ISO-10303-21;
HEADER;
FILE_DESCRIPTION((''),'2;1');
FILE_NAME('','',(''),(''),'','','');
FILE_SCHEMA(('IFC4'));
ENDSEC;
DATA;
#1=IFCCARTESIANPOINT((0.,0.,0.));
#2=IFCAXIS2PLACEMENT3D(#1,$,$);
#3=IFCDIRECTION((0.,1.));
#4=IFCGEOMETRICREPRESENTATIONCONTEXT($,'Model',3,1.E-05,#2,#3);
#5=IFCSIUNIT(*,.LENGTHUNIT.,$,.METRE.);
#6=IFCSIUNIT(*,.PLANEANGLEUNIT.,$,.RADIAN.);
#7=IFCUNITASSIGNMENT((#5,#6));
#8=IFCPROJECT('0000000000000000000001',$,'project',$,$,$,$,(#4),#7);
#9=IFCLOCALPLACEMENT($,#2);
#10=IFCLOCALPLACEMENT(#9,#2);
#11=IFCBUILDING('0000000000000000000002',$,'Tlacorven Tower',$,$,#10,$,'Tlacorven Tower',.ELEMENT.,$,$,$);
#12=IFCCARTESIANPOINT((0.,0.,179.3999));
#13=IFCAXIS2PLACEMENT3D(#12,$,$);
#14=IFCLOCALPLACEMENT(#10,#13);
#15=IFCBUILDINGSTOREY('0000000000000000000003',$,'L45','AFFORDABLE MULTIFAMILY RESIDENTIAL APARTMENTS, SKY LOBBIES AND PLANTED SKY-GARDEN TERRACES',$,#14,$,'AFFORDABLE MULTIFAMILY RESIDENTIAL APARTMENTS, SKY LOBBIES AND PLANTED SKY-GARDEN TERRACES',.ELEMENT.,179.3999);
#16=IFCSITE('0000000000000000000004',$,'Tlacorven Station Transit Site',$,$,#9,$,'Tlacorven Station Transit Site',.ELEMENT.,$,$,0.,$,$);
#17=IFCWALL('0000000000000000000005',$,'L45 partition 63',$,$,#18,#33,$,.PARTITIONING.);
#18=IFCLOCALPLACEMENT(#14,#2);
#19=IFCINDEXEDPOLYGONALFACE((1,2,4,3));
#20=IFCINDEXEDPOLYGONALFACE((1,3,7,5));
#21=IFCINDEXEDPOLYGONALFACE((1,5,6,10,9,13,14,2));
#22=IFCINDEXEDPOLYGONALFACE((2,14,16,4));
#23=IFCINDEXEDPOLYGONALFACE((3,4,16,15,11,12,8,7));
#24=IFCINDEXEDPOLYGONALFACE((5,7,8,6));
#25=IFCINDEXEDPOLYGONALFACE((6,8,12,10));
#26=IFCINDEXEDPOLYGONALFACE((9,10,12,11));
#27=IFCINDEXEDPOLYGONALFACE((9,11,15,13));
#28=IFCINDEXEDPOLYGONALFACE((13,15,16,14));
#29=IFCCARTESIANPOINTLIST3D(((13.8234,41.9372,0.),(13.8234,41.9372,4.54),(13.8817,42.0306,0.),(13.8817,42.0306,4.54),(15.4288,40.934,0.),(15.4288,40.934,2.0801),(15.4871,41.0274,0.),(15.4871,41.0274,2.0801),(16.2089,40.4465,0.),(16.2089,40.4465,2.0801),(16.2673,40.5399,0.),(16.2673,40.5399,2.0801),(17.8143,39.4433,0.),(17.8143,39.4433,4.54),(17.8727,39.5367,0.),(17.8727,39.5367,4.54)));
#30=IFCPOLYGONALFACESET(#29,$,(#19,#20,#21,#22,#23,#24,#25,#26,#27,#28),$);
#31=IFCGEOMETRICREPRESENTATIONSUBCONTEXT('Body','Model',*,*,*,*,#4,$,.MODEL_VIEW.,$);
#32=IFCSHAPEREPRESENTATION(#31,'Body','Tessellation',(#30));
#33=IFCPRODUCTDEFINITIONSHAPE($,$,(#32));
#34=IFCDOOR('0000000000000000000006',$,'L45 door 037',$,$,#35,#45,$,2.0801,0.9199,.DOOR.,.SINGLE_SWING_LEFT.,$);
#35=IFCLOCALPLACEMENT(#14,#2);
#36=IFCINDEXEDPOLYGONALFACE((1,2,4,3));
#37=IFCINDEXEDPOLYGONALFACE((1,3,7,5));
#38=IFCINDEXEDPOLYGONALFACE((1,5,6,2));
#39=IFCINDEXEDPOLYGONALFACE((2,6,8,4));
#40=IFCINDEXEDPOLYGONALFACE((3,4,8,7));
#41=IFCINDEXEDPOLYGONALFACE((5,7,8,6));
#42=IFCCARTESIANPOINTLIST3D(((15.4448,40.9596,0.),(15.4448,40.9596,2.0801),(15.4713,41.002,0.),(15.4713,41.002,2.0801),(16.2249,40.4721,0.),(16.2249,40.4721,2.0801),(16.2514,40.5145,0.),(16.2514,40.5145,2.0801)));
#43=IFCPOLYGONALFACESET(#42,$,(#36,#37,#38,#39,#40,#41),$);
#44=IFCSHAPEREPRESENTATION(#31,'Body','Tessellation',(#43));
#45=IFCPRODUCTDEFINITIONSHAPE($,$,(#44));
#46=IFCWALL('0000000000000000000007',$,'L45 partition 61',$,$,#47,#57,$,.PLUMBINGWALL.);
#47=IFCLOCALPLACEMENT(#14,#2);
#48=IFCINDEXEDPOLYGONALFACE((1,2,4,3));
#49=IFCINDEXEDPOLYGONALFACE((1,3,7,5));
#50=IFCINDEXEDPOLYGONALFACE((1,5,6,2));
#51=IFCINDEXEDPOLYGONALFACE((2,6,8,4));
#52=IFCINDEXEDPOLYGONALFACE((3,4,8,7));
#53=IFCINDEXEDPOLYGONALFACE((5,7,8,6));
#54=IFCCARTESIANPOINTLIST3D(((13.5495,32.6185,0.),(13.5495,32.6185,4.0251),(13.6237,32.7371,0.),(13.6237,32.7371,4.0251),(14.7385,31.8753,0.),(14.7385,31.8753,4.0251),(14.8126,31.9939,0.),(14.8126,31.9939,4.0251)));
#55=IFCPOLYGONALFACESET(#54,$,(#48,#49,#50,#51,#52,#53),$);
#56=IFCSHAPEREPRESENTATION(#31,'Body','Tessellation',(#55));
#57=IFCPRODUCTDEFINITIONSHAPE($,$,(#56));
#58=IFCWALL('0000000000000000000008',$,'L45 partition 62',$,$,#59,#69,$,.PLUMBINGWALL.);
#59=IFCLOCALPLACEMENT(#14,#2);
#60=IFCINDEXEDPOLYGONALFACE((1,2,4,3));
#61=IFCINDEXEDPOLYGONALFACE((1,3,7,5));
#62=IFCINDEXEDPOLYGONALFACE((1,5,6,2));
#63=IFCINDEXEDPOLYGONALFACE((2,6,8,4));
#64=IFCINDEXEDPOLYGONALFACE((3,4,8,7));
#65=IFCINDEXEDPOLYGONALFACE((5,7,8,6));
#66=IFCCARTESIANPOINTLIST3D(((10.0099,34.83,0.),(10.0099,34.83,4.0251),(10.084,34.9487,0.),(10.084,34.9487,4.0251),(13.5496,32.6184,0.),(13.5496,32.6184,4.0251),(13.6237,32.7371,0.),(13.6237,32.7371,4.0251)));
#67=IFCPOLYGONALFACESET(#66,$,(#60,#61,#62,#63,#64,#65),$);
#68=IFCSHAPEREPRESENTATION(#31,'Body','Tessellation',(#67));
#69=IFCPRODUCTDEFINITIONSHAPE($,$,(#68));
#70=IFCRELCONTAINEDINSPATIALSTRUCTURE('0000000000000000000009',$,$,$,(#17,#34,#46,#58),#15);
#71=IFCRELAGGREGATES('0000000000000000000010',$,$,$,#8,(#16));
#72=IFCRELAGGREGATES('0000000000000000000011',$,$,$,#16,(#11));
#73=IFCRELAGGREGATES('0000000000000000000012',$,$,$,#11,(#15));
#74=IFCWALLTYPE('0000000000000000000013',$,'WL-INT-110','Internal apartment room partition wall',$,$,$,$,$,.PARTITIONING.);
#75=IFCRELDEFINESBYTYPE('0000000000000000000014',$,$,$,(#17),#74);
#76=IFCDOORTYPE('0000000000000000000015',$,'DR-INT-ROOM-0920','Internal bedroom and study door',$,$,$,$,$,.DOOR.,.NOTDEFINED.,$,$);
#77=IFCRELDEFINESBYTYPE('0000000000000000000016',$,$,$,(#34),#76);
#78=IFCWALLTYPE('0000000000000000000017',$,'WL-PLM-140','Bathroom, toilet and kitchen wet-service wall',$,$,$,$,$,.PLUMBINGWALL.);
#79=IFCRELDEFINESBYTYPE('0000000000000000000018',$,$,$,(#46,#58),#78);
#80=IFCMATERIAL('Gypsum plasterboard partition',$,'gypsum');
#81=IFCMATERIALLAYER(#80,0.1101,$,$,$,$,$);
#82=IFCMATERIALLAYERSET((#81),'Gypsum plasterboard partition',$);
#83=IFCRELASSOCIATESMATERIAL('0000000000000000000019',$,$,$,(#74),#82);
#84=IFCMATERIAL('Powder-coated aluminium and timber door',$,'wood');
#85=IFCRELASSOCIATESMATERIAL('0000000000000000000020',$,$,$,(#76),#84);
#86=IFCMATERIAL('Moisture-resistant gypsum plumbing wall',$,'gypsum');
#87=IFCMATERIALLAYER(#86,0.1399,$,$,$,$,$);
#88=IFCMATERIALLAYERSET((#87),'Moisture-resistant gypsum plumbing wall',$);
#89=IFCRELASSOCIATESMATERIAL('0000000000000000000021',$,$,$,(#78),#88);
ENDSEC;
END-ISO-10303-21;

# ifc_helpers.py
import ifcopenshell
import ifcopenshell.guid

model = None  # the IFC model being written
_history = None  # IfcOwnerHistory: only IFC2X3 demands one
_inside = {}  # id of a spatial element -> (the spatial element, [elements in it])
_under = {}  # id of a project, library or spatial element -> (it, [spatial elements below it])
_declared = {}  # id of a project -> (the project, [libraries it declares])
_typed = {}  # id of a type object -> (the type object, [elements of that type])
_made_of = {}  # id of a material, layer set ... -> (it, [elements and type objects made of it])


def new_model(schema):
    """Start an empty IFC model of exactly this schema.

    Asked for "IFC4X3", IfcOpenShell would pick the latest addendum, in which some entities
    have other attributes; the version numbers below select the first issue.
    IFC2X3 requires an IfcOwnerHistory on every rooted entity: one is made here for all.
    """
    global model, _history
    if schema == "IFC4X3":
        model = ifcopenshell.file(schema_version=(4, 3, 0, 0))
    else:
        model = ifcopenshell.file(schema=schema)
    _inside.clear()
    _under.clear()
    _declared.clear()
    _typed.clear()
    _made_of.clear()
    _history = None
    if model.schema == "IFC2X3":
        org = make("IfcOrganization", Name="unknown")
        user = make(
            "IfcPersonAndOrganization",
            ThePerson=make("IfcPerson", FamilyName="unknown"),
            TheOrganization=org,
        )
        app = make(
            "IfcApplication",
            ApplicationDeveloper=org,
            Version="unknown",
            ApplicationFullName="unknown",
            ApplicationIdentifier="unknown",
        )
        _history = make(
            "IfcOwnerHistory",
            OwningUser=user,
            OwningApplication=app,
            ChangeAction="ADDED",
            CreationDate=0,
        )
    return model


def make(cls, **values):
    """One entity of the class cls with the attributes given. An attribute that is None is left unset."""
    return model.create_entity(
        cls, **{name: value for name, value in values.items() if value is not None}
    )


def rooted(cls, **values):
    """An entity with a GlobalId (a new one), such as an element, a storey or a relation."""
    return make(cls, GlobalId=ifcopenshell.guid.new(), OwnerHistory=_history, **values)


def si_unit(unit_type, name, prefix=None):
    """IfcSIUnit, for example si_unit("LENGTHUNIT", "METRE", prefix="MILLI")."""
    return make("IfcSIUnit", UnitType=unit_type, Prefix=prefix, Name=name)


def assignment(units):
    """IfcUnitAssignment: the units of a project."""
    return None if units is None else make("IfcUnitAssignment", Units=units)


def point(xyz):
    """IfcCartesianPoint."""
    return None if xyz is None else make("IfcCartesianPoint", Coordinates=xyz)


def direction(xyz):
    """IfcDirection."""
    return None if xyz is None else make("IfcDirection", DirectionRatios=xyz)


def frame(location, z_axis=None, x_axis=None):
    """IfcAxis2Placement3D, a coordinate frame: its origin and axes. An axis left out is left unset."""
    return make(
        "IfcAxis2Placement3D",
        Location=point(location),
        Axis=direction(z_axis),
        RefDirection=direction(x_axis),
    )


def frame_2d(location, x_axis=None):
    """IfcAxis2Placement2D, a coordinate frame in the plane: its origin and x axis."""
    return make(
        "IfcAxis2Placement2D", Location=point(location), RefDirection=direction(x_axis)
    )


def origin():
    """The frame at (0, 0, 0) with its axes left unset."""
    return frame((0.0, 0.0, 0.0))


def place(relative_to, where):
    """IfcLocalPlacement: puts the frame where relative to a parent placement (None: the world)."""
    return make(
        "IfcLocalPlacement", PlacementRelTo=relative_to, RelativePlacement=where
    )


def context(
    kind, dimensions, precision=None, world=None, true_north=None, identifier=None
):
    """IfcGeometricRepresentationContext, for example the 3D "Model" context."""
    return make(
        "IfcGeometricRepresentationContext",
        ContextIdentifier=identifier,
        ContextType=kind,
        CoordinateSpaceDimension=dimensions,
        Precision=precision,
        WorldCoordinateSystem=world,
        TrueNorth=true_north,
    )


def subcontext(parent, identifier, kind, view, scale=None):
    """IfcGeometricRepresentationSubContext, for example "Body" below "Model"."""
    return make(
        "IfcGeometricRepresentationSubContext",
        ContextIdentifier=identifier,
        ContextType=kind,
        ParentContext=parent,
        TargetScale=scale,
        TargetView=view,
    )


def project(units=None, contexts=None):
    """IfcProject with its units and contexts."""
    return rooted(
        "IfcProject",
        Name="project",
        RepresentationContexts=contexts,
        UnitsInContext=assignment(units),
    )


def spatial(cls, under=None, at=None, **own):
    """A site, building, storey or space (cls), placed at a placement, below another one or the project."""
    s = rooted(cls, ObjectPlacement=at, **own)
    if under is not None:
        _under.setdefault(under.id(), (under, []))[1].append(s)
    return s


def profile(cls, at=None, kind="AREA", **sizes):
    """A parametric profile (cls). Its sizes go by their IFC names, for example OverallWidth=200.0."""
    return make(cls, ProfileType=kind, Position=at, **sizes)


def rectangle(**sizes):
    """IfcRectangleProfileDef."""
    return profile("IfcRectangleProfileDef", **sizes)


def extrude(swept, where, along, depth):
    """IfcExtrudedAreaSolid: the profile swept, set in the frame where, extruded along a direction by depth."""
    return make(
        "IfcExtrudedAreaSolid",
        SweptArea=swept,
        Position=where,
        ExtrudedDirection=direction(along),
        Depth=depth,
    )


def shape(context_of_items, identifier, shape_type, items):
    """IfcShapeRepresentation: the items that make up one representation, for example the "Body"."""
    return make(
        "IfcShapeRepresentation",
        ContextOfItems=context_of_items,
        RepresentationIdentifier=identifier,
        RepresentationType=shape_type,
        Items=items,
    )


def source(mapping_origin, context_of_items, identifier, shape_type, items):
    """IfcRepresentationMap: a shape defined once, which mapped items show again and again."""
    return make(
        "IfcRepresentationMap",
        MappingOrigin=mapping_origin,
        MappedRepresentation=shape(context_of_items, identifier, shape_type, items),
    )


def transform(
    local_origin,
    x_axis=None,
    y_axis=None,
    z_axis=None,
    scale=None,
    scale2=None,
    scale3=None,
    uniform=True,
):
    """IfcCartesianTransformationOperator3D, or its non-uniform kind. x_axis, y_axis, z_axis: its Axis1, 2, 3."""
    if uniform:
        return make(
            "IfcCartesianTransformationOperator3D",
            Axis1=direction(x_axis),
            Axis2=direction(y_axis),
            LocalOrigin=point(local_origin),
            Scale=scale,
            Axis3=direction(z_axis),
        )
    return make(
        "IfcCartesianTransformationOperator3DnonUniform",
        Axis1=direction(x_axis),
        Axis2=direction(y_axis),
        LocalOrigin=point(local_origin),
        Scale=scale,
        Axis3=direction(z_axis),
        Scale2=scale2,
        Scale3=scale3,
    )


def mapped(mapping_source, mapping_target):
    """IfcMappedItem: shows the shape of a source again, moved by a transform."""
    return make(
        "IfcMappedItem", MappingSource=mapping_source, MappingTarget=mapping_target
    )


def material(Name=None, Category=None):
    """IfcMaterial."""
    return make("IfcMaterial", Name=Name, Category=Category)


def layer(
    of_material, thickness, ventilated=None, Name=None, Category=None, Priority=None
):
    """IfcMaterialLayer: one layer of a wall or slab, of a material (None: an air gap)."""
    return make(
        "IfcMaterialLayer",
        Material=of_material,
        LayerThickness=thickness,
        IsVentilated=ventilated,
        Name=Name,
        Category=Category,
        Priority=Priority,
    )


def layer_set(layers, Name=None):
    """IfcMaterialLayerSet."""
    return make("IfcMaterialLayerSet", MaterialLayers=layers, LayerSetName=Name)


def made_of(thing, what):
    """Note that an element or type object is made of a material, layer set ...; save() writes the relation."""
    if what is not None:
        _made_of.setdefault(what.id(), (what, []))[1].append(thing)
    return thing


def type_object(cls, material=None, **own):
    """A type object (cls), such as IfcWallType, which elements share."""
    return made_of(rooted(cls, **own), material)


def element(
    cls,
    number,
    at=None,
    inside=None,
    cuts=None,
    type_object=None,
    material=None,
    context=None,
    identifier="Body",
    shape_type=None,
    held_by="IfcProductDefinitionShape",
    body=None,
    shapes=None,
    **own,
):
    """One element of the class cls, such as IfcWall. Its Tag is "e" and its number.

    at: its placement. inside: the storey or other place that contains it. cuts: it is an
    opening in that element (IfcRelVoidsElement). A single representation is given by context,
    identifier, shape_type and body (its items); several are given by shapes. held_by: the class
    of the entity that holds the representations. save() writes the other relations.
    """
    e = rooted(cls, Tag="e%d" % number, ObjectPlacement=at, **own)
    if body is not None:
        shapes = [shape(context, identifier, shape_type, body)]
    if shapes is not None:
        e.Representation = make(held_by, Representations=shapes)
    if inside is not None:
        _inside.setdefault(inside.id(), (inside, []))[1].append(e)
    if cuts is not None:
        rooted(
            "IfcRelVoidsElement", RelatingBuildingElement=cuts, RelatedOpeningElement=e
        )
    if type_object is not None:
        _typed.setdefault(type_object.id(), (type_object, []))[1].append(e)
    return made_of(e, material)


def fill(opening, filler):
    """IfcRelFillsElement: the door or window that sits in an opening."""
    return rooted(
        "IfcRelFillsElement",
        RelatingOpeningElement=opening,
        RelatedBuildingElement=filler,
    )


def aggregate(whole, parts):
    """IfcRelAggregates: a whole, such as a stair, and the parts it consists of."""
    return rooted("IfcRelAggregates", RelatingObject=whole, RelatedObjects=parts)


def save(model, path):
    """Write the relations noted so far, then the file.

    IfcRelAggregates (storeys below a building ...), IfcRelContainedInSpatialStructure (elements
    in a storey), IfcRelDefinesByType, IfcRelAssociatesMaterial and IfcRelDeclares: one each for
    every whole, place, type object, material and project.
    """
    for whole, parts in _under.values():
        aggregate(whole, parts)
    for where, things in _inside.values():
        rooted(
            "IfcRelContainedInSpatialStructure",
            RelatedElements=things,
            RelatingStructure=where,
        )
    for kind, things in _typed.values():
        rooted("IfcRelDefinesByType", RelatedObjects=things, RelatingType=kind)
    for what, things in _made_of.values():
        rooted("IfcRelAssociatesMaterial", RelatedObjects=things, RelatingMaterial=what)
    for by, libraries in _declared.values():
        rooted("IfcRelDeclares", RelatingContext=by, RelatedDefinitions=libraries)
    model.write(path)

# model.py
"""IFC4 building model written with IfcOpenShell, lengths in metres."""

from ifc_helpers import new_model, si_unit, direction, frame, frame_2d, origin, place, context, subcontext, project, spatial, rectangle, extrude, source, transform, mapped, material, layer, layer_set, type_object, element, fill, save


model = new_model("IFC4")

# Units and contexts
model_context = context("Model", 3, precision=1e-05, world=origin(), true_north=direction((0.0, 1.0)))
body_context = subcontext(model_context, "Body", "Model", "MODEL_VIEW")
ifc_project = project(units=[si_unit("LENGTHUNIT", "METRE"), si_unit("PLANEANGLEUNIT", "RADIAN")], contexts=[model_context])

# Site, building, storey
site_placement = place(None, origin())
site = spatial("IfcSite", under=ifc_project, at=site_placement, Name="Tlacorven Station Transit Site", LongName="Tlacorven Station Transit Site", CompositionType="ELEMENT", RefElevation=0.0)
building_placement = place(site_placement, origin())
building = spatial("IfcBuilding", under=site, at=building_placement, Name="Tlacorven Tower", LongName="Tlacorven Tower", CompositionType="ELEMENT")
storey_placement = place(building_placement, frame((0.0, 0.0, 179.3999)))
storey = spatial("IfcBuildingStorey", under=building, at=storey_placement, Name="L45", Description="AFFORDABLE MULTIFAMILY RESIDENTIAL APARTMENTS, SKY LOBBIES AND PLANTED SKY-GARDEN TERRACES", LongName="AFFORDABLE MULTIFAMILY RESIDENTIAL APARTMENTS, SKY LOBBIES AND PLANTED SKY-GARDEN TERRACES", CompositionType="ELEMENT", Elevation=179.3999)

# Wall, opening, door
ifc_material_1 = material(Name="Gypsum plasterboard partition", Category="gypsum")
ifc_layer_1 = layer(ifc_material_1, 0.1101)
ifc_layer_set_1 = layer_set([ifc_layer_1], Name="Gypsum plasterboard partition")
wall_type_1 = type_object("IfcWallType", Name="WL-INT-110", Description="Internal apartment room partition wall", PredefinedType="PARTITIONING", material=ifc_layer_set_1)
wall_1_placement = place(storey_placement, frame((17.8435, 39.49, 0.0), z_axis=(0.0, 0.0, 1.0), x_axis=(-0.848042, 0.529929, 0.0)))
wall_1 = element("IfcWall", 1, at=wall_1_placement, inside=storey, type_object=wall_type_1, Name="L45 partition 63", PredefinedType="PARTITIONING", context=body_context, shape_type="SweptSolid", body=[
    extrude(rectangle(XDim=4.7061, YDim=0.1101, at=frame_2d((2.353, 0.0))), origin(), (0.0, 0.0, 1.0), 4.54),
])
opening_placement = place(wall_1_placement, frame((1.8931, 0.0, 0.0)))
opening = element("IfcOpeningElement", 2, at=opening_placement, cuts=wall_1, PredefinedType="OPENING", context=body_context, shape_type="SweptSolid", body=[
    extrude(rectangle(XDim=0.9199, YDim=2.0801, at=frame_2d((0.46, 1.04))), frame((0.0, 0.0649, 0.0), z_axis=(0.0, -1.0, 0.0), x_axis=(1.0, 0.0, 0.0)), (0.0, 0.0, 1.0), 0.1301),
])
ifc_material_2 = material(Name="Powder-coated aluminium and timber door", Category="wood")
door_type = type_object("IfcDoorType", Name="DR-INT-ROOM-0920", Description="Internal bedroom and study door", OperationType="NOTDEFINED", PredefinedType="DOOR", material=ifc_material_2)
shared_shape_1 = source(origin(), body_context, "Body", "SweptSolid", [
    extrude(rectangle(XDim=0.9199, YDim=2.0801, at=frame_2d((0.46, 1.04))), frame((0.0, 0.0249, 0.0), z_axis=(0.0, -1.0, 0.0), x_axis=(1.0, 0.0, 0.0)), (0.0, 0.0, 1.0), 0.05),
])
door_placement = place(opening_placement, origin())
door = element("IfcDoor", 3, at=door_placement, inside=storey, type_object=door_type, Name="L45 door 037", OperationType="SINGLE_SWING_LEFT", OverallHeight=2.0801, OverallWidth=0.9199, PredefinedType="DOOR", context=body_context, shape_type="MappedRepresentation", body=[
    mapped(shared_shape_1, transform((0.0, 0.0, 0.0), scale=1.0)),
])
fill(opening, door)

# Walls
ifc_material_3 = material(Name="Moisture-resistant gypsum plumbing wall", Category="gypsum")
ifc_layer_2 = layer(ifc_material_3, 0.1399)
ifc_layer_set_2 = layer_set([ifc_layer_2], Name="Moisture-resistant gypsum plumbing wall")
wall_type_2 = type_object("IfcWallType", Name="WL-PLM-140", Description="Bathroom, toilet and kitchen wet-service wall", PredefinedType="PLUMBINGWALL", material=ifc_layer_set_2)
wall_2_placement = place(storey_placement, frame((14.7756, 31.9346, 0.0), z_axis=(0.0, 0.0, 1.0), x_axis=(-0.847979, 0.53003, 0.0)))
element("IfcWall", 4, at=wall_2_placement, inside=storey, type_object=wall_type_2, Name="L45 partition 61", PredefinedType="PLUMBINGWALL", context=body_context, shape_type="SweptSolid", body=[
    extrude(rectangle(XDim=1.4021, YDim=0.1399, at=frame_2d((0.7012, 0.0))), origin(), (0.0, 0.0, 1.0), 4.0251),
])
wall_3_placement = place(storey_placement, frame((13.5867, 32.6777, 0.0), z_axis=(0.0, 0.0, 1.0), x_axis=(-0.848074, 0.529878, 0.0)))
element("IfcWall", 5, at=wall_3_placement, inside=storey, type_object=wall_type_2, Name="L45 partition 62", PredefinedType="PLUMBINGWALL", context=body_context, shape_type="SweptSolid", body=[
    extrude(rectangle(XDim=4.1738, YDim=0.1399, at=frame_2d((2.0869, 0.0))), origin(), (0.0, 0.0, 1.0), 4.0251),
])

save(model, "model.ifc")
